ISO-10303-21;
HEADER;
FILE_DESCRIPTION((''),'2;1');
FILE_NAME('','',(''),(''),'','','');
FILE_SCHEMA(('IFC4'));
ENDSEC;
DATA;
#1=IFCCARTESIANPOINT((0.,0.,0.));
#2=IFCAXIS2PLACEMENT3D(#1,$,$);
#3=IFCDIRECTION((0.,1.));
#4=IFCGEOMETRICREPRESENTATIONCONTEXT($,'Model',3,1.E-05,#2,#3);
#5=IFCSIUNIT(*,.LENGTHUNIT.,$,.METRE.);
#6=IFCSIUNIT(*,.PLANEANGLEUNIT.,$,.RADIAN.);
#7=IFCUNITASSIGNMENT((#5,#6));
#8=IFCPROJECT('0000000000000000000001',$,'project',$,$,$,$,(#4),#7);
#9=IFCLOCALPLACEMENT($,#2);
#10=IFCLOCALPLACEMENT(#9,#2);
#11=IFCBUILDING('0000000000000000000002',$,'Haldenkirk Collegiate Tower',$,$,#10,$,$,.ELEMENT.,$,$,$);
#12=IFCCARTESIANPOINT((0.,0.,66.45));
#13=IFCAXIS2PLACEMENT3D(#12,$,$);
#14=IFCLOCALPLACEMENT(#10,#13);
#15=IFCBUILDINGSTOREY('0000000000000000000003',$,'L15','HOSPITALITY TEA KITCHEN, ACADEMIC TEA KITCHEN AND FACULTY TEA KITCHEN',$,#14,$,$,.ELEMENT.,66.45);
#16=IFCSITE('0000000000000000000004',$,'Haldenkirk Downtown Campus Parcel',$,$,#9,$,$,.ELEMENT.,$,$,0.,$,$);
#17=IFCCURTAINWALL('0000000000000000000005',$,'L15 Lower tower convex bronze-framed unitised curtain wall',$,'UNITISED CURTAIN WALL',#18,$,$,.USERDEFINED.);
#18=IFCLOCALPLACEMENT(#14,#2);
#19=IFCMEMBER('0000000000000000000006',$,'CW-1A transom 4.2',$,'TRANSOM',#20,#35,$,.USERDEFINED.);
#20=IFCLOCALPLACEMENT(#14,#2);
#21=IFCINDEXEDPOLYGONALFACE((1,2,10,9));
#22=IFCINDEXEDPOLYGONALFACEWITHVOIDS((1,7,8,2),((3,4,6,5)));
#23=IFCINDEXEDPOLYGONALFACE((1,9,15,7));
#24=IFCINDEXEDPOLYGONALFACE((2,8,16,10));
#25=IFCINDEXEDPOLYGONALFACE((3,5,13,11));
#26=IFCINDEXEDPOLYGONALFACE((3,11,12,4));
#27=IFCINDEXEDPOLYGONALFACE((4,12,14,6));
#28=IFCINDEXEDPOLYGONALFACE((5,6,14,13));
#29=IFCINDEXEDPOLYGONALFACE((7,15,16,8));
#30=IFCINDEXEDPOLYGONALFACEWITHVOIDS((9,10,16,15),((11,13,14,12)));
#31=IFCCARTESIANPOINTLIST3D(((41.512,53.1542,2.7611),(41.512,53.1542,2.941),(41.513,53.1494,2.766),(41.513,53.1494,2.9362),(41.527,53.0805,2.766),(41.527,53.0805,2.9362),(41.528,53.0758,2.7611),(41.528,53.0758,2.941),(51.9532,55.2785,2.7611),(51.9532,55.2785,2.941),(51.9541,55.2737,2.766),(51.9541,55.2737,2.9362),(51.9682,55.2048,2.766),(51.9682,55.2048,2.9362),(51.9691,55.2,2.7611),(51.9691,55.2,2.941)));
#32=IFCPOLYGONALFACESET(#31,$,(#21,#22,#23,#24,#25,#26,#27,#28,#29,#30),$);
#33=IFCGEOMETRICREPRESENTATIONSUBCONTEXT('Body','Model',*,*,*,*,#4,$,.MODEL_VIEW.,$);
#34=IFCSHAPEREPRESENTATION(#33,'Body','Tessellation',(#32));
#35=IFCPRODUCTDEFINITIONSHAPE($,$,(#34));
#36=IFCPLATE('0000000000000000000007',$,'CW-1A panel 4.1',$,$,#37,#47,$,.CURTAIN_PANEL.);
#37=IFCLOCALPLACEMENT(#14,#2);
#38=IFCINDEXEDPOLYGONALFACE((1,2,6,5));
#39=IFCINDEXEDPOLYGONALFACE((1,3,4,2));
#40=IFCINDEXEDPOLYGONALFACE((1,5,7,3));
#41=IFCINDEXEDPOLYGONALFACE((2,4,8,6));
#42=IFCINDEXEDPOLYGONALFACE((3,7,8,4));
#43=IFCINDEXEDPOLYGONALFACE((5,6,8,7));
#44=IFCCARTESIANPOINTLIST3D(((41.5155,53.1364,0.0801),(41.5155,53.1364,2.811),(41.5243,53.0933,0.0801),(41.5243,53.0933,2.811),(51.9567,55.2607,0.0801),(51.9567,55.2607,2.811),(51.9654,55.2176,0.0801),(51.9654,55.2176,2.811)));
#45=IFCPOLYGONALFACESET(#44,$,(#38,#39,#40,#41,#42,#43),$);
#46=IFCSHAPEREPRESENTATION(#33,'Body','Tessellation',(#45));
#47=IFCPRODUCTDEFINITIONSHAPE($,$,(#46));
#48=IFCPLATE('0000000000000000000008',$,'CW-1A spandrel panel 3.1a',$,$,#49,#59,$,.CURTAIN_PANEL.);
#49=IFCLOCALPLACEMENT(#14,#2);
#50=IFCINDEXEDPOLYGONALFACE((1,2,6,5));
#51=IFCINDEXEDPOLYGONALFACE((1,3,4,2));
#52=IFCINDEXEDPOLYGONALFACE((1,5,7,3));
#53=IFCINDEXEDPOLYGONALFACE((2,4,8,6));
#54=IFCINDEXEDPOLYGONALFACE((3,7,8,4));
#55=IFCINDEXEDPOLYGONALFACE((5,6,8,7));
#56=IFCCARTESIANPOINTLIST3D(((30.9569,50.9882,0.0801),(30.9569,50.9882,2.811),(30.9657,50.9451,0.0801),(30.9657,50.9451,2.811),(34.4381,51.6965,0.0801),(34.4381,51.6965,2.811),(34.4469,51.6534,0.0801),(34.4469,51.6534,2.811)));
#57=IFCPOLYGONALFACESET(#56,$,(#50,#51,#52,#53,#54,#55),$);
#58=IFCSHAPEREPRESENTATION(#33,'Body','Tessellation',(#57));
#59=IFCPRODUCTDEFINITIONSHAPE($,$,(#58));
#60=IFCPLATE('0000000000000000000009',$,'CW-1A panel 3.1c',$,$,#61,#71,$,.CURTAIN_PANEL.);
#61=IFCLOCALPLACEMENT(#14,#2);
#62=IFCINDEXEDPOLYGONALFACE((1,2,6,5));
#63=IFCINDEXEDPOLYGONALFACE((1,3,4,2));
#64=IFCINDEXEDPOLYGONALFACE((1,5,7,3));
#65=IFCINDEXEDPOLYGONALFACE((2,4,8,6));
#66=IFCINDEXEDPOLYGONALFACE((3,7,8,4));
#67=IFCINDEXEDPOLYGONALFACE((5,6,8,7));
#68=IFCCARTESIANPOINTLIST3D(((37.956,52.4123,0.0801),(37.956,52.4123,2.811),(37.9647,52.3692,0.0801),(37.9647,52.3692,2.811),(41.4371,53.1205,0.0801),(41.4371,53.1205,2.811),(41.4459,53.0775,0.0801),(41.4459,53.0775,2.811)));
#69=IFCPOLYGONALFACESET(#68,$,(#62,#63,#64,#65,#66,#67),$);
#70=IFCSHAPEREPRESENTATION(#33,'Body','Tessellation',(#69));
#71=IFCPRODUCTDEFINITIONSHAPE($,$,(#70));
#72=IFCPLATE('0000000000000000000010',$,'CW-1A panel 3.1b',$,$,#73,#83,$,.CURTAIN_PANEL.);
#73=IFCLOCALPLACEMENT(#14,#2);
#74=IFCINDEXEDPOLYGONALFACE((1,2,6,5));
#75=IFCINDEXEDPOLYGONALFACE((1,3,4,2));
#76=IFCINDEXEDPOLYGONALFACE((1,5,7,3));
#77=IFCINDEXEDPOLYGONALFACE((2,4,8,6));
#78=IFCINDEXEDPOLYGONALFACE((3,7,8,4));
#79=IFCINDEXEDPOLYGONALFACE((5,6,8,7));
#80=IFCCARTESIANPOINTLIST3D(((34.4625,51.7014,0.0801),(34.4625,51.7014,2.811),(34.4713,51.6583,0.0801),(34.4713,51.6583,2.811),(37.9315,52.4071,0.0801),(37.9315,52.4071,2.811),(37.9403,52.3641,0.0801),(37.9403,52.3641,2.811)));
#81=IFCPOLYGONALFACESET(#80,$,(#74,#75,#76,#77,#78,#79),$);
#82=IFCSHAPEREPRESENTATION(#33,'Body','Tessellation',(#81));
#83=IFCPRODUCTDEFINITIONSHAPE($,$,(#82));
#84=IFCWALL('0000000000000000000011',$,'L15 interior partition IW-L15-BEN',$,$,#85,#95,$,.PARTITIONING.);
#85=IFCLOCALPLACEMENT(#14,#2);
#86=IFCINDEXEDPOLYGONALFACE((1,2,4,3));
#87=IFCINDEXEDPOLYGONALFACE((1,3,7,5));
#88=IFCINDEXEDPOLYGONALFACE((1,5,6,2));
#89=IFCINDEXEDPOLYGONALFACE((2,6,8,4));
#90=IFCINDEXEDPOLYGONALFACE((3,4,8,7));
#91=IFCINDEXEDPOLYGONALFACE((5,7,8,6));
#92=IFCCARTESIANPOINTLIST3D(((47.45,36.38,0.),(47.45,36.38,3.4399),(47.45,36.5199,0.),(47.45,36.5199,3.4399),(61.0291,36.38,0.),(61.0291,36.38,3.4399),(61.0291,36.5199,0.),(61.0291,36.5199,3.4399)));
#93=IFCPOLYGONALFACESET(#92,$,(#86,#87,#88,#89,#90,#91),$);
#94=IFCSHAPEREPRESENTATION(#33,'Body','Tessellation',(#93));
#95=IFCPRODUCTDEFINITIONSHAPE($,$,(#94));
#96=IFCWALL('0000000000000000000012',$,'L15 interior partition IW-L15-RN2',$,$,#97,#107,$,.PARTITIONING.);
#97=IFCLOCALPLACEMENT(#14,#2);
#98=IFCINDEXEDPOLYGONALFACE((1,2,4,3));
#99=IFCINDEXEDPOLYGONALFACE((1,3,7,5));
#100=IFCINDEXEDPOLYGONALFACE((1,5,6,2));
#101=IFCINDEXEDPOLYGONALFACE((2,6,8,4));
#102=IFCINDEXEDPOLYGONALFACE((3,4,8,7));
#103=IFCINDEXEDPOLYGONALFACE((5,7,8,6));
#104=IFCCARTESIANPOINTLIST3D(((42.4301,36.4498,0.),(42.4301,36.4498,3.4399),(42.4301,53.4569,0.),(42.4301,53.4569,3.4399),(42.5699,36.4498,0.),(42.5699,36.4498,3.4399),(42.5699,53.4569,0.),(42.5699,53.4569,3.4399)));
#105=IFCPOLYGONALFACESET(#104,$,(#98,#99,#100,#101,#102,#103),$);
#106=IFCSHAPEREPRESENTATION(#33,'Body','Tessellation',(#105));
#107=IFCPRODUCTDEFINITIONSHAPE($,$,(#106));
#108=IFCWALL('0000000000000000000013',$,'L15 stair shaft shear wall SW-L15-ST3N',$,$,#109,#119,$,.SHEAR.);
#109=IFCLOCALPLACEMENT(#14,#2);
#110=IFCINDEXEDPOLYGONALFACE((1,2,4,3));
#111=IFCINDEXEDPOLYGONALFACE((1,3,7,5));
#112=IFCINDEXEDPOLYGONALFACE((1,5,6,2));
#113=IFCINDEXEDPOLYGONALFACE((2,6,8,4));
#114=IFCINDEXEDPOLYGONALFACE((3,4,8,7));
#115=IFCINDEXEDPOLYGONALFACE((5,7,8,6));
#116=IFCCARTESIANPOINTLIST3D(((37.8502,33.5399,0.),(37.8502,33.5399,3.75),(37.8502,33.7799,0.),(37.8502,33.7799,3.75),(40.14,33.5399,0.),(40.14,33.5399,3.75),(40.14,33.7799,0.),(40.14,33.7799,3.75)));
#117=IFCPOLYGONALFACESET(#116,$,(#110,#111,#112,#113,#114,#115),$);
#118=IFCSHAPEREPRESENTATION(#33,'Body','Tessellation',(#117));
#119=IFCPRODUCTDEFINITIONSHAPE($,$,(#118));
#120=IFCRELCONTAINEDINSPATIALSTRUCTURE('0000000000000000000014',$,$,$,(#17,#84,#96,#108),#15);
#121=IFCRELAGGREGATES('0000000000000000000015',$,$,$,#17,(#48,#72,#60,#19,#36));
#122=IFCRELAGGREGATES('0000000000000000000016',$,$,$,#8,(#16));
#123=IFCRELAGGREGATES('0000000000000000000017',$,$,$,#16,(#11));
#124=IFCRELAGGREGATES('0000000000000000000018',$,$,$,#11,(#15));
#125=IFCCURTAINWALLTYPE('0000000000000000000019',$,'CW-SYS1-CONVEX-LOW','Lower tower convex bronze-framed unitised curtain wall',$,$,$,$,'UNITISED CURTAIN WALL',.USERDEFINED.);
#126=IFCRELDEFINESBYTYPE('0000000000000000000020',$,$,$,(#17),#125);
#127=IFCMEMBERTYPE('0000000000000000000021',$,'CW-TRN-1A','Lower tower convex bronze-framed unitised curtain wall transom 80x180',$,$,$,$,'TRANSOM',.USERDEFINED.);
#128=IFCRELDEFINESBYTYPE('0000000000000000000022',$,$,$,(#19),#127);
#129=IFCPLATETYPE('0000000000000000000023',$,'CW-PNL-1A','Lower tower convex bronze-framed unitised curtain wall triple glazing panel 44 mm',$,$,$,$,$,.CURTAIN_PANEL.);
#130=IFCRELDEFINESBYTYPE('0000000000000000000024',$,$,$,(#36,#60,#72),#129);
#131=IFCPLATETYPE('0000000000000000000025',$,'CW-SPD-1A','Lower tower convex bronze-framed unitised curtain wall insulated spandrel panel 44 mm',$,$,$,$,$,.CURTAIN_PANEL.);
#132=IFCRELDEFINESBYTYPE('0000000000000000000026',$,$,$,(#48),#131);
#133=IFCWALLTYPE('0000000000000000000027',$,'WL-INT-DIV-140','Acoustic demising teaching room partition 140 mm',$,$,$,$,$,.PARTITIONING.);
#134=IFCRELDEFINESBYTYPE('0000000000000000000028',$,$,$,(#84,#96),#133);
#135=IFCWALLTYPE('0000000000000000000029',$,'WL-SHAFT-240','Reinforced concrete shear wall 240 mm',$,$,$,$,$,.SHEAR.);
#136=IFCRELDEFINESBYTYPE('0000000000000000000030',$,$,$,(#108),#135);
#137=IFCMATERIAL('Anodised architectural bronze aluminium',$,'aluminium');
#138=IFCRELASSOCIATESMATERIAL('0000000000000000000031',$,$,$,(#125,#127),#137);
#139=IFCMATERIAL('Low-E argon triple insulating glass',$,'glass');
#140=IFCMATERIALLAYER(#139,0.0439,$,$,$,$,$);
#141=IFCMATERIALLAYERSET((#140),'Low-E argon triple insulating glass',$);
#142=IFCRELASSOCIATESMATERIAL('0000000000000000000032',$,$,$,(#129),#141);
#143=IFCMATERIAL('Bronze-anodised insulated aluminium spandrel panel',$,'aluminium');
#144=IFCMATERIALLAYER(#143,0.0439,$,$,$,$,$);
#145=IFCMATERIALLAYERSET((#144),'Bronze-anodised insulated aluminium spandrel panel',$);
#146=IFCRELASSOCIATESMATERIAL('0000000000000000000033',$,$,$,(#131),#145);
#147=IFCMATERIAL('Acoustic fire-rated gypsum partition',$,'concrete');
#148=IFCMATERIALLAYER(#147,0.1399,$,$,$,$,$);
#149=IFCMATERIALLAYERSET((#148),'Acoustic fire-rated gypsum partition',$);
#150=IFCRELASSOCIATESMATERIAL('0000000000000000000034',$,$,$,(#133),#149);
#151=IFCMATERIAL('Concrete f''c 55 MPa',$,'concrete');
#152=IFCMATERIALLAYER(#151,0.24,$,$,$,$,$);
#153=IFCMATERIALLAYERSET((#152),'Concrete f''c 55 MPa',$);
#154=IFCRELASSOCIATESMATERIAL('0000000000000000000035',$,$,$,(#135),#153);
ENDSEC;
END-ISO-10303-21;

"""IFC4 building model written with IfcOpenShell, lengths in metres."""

from ifc_helpers import new_model, si_unit, direction, frame, frame_2d, origin, origin_2d, place, context, subcontext, project, spatial, rectangle, hollow_rectangle, extrude, source, transform, mapped, material, layer, layer_set, material_profile, profile_set, type_object, element, aggregate, save


model = new_model("IFC4")

# Units and contexts
model_context = context("Model", 3, precision=1e-05, world=origin(), true_north=direction((0.0, 1.0)))
body_context = subcontext(model_context, "Body", "Model", "MODEL_VIEW")
ifc_project = project(units=[si_unit("LENGTHUNIT", "METRE"), si_unit("PLANEANGLEUNIT", "RADIAN")], contexts=[model_context])

# Site, building, storey
site_placement = place(None, origin())
site = spatial("IfcSite", under=ifc_project, at=site_placement, Name="Haldenkirk Downtown Campus Parcel", CompositionType="ELEMENT", RefElevation=0.0)
building_placement = place(site_placement, origin())
building = spatial("IfcBuilding", under=site, at=building_placement, Name="Haldenkirk Collegiate Tower", CompositionType="ELEMENT")
storey_placement = place(building_placement, frame((0.0, 0.0, 66.45)))
storey = spatial("IfcBuildingStorey", under=building, at=storey_placement, Name="L15", Description="HOSPITALITY TEA KITCHEN, ACADEMIC TEA KITCHEN AND FACULTY TEA KITCHEN", CompositionType="ELEMENT", Elevation=66.45)

# Curtain wall, member, plates
ifc_material_1 = material(Name="Anodised architectural bronze aluminium", Category="aluminium")
curtain_wall_type = type_object("IfcCurtainWallType", Name="CW-SYS1-CONVEX-LOW", Description="Lower tower convex bronze-framed unitised curtain wall", ElementType="UNITISED CURTAIN WALL", PredefinedType="USERDEFINED", material=ifc_material_1)
curtain_wall_placement = place(storey_placement, origin())
curtain_wall = element("IfcCurtainWall", 1, at=curtain_wall_placement, inside=storey, type_object=curtain_wall_type, Name="L15 Lower tower convex bronze-framed unitised curtain wall", ObjectType="UNITISED CURTAIN WALL", PredefinedType="USERDEFINED")
ifc_material_profile_1 = material_profile(ifc_material_1, hollow_rectangle(XDim=0.0801, YDim=0.1799, WallThickness=0.0049, at=origin_2d()), Name="CW-TRN-1A")
ifc_profile_set_1 = profile_set([ifc_material_profile_1], Name="Anodised architectural bronze aluminium")
member_type_1 = type_object("IfcMemberType", Name="CW-TRN-1A", Description="Lower tower convex bronze-framed unitised curtain wall transom 80x180", ElementType="TRANSOM", PredefinedType="USERDEFINED", material=ifc_profile_set_1)
member_1_placement = place(storey_placement, frame((41.52, 53.115, 2.8511), z_axis=(0.979925, 0.199367, 0.0), x_axis=(-0.199367, 0.979925, 0.0)))
member_1 = element("IfcMember", 2, at=member_1_placement, type_object=member_type_1, Name="CW-1A transom 4.2", ObjectType="TRANSOM", PredefinedType="USERDEFINED", context=body_context, shape_type="SweptSolid", body=[
    extrude(hollow_rectangle(XDim=0.0801, YDim=0.1799, WallThickness=0.0049, at=origin_2d()), origin(), (0.0, 0.0, 1.0), 10.655),
])
ifc_material_2 = material(Name="Low-E argon triple insulating glass", Category="glass")
ifc_layer_1 = layer(ifc_material_2, 0.0439)
ifc_layer_set_1 = layer_set([ifc_layer_1], Name="Low-E argon triple insulating glass")
plate_type_1 = type_object("IfcPlateType", Name="CW-PNL-1A", Description="Lower tower convex bronze-framed unitised curtain wall triple glazing panel 44 mm", PredefinedType="CURTAIN_PANEL", material=ifc_layer_set_1)
shared_shape_1 = source(origin(), body_context, "Body", "SweptSolid", [
    extrude(rectangle(XDim=10.655, YDim=0.0439, at=origin_2d()), origin(), (0.0, 0.0, 1.0), 2.731),
])
plate_1_placement = place(storey_placement, frame((46.7405, 54.177, 0.0801), z_axis=(0.0, 0.0, 1.0), x_axis=(0.979925, 0.199369, 0.0)))
plate_1 = element("IfcPlate", 3, at=plate_1_placement, type_object=plate_type_1, Name="CW-1A panel 4.1", PredefinedType="CURTAIN_PANEL", context=body_context, shape_type="MappedRepresentation", body=[
    mapped(shared_shape_1, transform((0.0, 0.0, 0.0), x_axis=(1.0, 0.0, 0.0), y_axis=(0.0, 1.0, 0.0), z_axis=(0.0, 0.0, 1.0), scale=1.0)),
])
ifc_material_3 = material(Name="Bronze-anodised insulated aluminium spandrel panel", Category="aluminium")
ifc_layer_2 = layer(ifc_material_3, 0.0439)
ifc_layer_set_2 = layer_set([ifc_layer_2], Name="Bronze-anodised insulated aluminium spandrel panel")
plate_type_2 = type_object("IfcPlateType", Name="CW-SPD-1A", Description="Lower tower convex bronze-framed unitised curtain wall insulated spandrel panel 44 mm", PredefinedType="CURTAIN_PANEL", material=ifc_layer_set_2)
shared_shape_2 = source(origin(), body_context, "Body", "SweptSolid", [
    extrude(rectangle(XDim=3.5525, YDim=0.0439, at=origin_2d()), origin(), (0.0, 0.0, 1.0), 2.731),
])
plate_2_placement = place(storey_placement, frame((32.7019, 51.3208, 0.0801), z_axis=(0.0, 0.0, 1.0), x_axis=(0.979925, 0.199369, 0.0)))
plate_2 = element("IfcPlate", 4, at=plate_2_placement, type_object=plate_type_2, Name="CW-1A spandrel panel 3.1a", PredefinedType="CURTAIN_PANEL", context=body_context, shape_type="MappedRepresentation", body=[
    mapped(shared_shape_2, transform((0.0, 0.0, 0.0), x_axis=(1.0, 0.0, 0.0), y_axis=(0.0, 1.0, 0.0), z_axis=(0.0, 0.0, 1.0), scale=1.0)),
])
plate_3_placement = place(storey_placement, frame((39.7009, 52.7449, 0.0801), z_axis=(0.0, 0.0, 1.0), x_axis=(0.979925, 0.199369, 0.0)))
plate_3 = element("IfcPlate", 5, at=plate_3_placement, type_object=plate_type_1, Name="CW-1A panel 3.1c", PredefinedType="CURTAIN_PANEL", context=body_context, shape_type="MappedRepresentation", body=[
    mapped(shared_shape_2, transform((0.0, 0.0, 0.0), x_axis=(1.0, 0.0, 0.0), y_axis=(0.0, 1.0, 0.0), z_axis=(0.0, 0.0, 1.0), scale=1.0)),
])
shared_shape_3 = source(origin(), body_context, "Body", "SweptSolid", [
    extrude(rectangle(XDim=3.54, YDim=0.0439, at=origin_2d()), origin(), (0.0, 0.0, 1.0), 2.731),
])
plate_4_placement = place(storey_placement, frame((36.2014, 52.0327, 0.0801), z_axis=(0.0, 0.0, 1.0), x_axis=(0.979925, 0.199369, 0.0)))
plate_4 = element("IfcPlate", 6, at=plate_4_placement, type_object=plate_type_1, Name="CW-1A panel 3.1b", PredefinedType="CURTAIN_PANEL", context=body_context, shape_type="MappedRepresentation", body=[
    mapped(shared_shape_3, transform((0.0, 0.0, 0.0), x_axis=(1.0, 0.0, 0.0), y_axis=(0.0, 1.0, 0.0), z_axis=(0.0, 0.0, 1.0), scale=1.0)),
])
aggregate(curtain_wall, [plate_2, plate_4, plate_3, member_1, plate_1])

# Walls
ifc_material_4 = material(Name="Acoustic fire-rated gypsum partition", Category="concrete")
ifc_layer_3 = layer(ifc_material_4, 0.1399)
ifc_layer_set_3 = layer_set([ifc_layer_3], Name="Acoustic fire-rated gypsum partition")
wall_type_1 = type_object("IfcWallType", Name="WL-INT-DIV-140", Description="Acoustic demising teaching room partition 140 mm", PredefinedType="PARTITIONING", material=ifc_layer_set_3)
wall_1_placement = place(storey_placement, frame((47.45, 36.45, 0.0), z_axis=(0.0, 0.0, 1.0), x_axis=(1.0, 0.0, 0.0)))
element("IfcWall", 7, at=wall_1_placement, inside=storey, type_object=wall_type_1, Name="L15 interior partition IW-L15-BEN", PredefinedType="PARTITIONING", context=body_context, shape_type="SweptSolid", body=[
    extrude(rectangle(XDim=13.5791, YDim=0.1399, at=frame_2d((6.7896, 0.0))), origin(), (0.0, 0.0, 1.0), 3.4399),
])
wall_2_placement = place(storey_placement, frame((42.5, 36.45, 0.0), z_axis=(0.0, 0.0, 1.0), x_axis=(0.0, 1.0, 0.0)))
element("IfcWall", 8, at=wall_2_placement, inside=storey, type_object=wall_type_1, Name="L15 interior partition IW-L15-RN2", PredefinedType="PARTITIONING", context=body_context, shape_type="SweptSolid", body=[
    extrude(rectangle(XDim=17.0071, YDim=0.1399, at=frame_2d((8.5034, 0.0))), origin(), (0.0, 0.0, 1.0), 3.4399),
])
ifc_material_5 = material(Name="Concrete f'c 55 MPa", Category="concrete")
ifc_layer_4 = layer(ifc_material_5, 0.24)
ifc_layer_set_4 = layer_set([ifc_layer_4], Name="Concrete f'c 55 MPa")
wall_type_2 = type_object("IfcWallType", Name="WL-SHAFT-240", Description="Reinforced concrete shear wall 240 mm", PredefinedType="SHEAR", material=ifc_layer_set_4)
wall_3_placement = place(storey_placement, frame((37.8501, 33.6599, 0.0), z_axis=(0.0, 0.0, 1.0), x_axis=(1.0, 0.0, 0.0)))
element("IfcWall", 9, at=wall_3_placement, inside=storey, type_object=wall_type_2, Name="L15 stair shaft shear wall SW-L15-ST3N", PredefinedType="SHEAR", context=body_context, shape_type="SweptSolid", body=[
    extrude(rectangle(XDim=2.2898, YDim=0.24, at=frame_2d((1.145, 0.0))), origin(), (0.0, 0.0, 1.0), 3.75),
])

save(model, "model.ifc")
